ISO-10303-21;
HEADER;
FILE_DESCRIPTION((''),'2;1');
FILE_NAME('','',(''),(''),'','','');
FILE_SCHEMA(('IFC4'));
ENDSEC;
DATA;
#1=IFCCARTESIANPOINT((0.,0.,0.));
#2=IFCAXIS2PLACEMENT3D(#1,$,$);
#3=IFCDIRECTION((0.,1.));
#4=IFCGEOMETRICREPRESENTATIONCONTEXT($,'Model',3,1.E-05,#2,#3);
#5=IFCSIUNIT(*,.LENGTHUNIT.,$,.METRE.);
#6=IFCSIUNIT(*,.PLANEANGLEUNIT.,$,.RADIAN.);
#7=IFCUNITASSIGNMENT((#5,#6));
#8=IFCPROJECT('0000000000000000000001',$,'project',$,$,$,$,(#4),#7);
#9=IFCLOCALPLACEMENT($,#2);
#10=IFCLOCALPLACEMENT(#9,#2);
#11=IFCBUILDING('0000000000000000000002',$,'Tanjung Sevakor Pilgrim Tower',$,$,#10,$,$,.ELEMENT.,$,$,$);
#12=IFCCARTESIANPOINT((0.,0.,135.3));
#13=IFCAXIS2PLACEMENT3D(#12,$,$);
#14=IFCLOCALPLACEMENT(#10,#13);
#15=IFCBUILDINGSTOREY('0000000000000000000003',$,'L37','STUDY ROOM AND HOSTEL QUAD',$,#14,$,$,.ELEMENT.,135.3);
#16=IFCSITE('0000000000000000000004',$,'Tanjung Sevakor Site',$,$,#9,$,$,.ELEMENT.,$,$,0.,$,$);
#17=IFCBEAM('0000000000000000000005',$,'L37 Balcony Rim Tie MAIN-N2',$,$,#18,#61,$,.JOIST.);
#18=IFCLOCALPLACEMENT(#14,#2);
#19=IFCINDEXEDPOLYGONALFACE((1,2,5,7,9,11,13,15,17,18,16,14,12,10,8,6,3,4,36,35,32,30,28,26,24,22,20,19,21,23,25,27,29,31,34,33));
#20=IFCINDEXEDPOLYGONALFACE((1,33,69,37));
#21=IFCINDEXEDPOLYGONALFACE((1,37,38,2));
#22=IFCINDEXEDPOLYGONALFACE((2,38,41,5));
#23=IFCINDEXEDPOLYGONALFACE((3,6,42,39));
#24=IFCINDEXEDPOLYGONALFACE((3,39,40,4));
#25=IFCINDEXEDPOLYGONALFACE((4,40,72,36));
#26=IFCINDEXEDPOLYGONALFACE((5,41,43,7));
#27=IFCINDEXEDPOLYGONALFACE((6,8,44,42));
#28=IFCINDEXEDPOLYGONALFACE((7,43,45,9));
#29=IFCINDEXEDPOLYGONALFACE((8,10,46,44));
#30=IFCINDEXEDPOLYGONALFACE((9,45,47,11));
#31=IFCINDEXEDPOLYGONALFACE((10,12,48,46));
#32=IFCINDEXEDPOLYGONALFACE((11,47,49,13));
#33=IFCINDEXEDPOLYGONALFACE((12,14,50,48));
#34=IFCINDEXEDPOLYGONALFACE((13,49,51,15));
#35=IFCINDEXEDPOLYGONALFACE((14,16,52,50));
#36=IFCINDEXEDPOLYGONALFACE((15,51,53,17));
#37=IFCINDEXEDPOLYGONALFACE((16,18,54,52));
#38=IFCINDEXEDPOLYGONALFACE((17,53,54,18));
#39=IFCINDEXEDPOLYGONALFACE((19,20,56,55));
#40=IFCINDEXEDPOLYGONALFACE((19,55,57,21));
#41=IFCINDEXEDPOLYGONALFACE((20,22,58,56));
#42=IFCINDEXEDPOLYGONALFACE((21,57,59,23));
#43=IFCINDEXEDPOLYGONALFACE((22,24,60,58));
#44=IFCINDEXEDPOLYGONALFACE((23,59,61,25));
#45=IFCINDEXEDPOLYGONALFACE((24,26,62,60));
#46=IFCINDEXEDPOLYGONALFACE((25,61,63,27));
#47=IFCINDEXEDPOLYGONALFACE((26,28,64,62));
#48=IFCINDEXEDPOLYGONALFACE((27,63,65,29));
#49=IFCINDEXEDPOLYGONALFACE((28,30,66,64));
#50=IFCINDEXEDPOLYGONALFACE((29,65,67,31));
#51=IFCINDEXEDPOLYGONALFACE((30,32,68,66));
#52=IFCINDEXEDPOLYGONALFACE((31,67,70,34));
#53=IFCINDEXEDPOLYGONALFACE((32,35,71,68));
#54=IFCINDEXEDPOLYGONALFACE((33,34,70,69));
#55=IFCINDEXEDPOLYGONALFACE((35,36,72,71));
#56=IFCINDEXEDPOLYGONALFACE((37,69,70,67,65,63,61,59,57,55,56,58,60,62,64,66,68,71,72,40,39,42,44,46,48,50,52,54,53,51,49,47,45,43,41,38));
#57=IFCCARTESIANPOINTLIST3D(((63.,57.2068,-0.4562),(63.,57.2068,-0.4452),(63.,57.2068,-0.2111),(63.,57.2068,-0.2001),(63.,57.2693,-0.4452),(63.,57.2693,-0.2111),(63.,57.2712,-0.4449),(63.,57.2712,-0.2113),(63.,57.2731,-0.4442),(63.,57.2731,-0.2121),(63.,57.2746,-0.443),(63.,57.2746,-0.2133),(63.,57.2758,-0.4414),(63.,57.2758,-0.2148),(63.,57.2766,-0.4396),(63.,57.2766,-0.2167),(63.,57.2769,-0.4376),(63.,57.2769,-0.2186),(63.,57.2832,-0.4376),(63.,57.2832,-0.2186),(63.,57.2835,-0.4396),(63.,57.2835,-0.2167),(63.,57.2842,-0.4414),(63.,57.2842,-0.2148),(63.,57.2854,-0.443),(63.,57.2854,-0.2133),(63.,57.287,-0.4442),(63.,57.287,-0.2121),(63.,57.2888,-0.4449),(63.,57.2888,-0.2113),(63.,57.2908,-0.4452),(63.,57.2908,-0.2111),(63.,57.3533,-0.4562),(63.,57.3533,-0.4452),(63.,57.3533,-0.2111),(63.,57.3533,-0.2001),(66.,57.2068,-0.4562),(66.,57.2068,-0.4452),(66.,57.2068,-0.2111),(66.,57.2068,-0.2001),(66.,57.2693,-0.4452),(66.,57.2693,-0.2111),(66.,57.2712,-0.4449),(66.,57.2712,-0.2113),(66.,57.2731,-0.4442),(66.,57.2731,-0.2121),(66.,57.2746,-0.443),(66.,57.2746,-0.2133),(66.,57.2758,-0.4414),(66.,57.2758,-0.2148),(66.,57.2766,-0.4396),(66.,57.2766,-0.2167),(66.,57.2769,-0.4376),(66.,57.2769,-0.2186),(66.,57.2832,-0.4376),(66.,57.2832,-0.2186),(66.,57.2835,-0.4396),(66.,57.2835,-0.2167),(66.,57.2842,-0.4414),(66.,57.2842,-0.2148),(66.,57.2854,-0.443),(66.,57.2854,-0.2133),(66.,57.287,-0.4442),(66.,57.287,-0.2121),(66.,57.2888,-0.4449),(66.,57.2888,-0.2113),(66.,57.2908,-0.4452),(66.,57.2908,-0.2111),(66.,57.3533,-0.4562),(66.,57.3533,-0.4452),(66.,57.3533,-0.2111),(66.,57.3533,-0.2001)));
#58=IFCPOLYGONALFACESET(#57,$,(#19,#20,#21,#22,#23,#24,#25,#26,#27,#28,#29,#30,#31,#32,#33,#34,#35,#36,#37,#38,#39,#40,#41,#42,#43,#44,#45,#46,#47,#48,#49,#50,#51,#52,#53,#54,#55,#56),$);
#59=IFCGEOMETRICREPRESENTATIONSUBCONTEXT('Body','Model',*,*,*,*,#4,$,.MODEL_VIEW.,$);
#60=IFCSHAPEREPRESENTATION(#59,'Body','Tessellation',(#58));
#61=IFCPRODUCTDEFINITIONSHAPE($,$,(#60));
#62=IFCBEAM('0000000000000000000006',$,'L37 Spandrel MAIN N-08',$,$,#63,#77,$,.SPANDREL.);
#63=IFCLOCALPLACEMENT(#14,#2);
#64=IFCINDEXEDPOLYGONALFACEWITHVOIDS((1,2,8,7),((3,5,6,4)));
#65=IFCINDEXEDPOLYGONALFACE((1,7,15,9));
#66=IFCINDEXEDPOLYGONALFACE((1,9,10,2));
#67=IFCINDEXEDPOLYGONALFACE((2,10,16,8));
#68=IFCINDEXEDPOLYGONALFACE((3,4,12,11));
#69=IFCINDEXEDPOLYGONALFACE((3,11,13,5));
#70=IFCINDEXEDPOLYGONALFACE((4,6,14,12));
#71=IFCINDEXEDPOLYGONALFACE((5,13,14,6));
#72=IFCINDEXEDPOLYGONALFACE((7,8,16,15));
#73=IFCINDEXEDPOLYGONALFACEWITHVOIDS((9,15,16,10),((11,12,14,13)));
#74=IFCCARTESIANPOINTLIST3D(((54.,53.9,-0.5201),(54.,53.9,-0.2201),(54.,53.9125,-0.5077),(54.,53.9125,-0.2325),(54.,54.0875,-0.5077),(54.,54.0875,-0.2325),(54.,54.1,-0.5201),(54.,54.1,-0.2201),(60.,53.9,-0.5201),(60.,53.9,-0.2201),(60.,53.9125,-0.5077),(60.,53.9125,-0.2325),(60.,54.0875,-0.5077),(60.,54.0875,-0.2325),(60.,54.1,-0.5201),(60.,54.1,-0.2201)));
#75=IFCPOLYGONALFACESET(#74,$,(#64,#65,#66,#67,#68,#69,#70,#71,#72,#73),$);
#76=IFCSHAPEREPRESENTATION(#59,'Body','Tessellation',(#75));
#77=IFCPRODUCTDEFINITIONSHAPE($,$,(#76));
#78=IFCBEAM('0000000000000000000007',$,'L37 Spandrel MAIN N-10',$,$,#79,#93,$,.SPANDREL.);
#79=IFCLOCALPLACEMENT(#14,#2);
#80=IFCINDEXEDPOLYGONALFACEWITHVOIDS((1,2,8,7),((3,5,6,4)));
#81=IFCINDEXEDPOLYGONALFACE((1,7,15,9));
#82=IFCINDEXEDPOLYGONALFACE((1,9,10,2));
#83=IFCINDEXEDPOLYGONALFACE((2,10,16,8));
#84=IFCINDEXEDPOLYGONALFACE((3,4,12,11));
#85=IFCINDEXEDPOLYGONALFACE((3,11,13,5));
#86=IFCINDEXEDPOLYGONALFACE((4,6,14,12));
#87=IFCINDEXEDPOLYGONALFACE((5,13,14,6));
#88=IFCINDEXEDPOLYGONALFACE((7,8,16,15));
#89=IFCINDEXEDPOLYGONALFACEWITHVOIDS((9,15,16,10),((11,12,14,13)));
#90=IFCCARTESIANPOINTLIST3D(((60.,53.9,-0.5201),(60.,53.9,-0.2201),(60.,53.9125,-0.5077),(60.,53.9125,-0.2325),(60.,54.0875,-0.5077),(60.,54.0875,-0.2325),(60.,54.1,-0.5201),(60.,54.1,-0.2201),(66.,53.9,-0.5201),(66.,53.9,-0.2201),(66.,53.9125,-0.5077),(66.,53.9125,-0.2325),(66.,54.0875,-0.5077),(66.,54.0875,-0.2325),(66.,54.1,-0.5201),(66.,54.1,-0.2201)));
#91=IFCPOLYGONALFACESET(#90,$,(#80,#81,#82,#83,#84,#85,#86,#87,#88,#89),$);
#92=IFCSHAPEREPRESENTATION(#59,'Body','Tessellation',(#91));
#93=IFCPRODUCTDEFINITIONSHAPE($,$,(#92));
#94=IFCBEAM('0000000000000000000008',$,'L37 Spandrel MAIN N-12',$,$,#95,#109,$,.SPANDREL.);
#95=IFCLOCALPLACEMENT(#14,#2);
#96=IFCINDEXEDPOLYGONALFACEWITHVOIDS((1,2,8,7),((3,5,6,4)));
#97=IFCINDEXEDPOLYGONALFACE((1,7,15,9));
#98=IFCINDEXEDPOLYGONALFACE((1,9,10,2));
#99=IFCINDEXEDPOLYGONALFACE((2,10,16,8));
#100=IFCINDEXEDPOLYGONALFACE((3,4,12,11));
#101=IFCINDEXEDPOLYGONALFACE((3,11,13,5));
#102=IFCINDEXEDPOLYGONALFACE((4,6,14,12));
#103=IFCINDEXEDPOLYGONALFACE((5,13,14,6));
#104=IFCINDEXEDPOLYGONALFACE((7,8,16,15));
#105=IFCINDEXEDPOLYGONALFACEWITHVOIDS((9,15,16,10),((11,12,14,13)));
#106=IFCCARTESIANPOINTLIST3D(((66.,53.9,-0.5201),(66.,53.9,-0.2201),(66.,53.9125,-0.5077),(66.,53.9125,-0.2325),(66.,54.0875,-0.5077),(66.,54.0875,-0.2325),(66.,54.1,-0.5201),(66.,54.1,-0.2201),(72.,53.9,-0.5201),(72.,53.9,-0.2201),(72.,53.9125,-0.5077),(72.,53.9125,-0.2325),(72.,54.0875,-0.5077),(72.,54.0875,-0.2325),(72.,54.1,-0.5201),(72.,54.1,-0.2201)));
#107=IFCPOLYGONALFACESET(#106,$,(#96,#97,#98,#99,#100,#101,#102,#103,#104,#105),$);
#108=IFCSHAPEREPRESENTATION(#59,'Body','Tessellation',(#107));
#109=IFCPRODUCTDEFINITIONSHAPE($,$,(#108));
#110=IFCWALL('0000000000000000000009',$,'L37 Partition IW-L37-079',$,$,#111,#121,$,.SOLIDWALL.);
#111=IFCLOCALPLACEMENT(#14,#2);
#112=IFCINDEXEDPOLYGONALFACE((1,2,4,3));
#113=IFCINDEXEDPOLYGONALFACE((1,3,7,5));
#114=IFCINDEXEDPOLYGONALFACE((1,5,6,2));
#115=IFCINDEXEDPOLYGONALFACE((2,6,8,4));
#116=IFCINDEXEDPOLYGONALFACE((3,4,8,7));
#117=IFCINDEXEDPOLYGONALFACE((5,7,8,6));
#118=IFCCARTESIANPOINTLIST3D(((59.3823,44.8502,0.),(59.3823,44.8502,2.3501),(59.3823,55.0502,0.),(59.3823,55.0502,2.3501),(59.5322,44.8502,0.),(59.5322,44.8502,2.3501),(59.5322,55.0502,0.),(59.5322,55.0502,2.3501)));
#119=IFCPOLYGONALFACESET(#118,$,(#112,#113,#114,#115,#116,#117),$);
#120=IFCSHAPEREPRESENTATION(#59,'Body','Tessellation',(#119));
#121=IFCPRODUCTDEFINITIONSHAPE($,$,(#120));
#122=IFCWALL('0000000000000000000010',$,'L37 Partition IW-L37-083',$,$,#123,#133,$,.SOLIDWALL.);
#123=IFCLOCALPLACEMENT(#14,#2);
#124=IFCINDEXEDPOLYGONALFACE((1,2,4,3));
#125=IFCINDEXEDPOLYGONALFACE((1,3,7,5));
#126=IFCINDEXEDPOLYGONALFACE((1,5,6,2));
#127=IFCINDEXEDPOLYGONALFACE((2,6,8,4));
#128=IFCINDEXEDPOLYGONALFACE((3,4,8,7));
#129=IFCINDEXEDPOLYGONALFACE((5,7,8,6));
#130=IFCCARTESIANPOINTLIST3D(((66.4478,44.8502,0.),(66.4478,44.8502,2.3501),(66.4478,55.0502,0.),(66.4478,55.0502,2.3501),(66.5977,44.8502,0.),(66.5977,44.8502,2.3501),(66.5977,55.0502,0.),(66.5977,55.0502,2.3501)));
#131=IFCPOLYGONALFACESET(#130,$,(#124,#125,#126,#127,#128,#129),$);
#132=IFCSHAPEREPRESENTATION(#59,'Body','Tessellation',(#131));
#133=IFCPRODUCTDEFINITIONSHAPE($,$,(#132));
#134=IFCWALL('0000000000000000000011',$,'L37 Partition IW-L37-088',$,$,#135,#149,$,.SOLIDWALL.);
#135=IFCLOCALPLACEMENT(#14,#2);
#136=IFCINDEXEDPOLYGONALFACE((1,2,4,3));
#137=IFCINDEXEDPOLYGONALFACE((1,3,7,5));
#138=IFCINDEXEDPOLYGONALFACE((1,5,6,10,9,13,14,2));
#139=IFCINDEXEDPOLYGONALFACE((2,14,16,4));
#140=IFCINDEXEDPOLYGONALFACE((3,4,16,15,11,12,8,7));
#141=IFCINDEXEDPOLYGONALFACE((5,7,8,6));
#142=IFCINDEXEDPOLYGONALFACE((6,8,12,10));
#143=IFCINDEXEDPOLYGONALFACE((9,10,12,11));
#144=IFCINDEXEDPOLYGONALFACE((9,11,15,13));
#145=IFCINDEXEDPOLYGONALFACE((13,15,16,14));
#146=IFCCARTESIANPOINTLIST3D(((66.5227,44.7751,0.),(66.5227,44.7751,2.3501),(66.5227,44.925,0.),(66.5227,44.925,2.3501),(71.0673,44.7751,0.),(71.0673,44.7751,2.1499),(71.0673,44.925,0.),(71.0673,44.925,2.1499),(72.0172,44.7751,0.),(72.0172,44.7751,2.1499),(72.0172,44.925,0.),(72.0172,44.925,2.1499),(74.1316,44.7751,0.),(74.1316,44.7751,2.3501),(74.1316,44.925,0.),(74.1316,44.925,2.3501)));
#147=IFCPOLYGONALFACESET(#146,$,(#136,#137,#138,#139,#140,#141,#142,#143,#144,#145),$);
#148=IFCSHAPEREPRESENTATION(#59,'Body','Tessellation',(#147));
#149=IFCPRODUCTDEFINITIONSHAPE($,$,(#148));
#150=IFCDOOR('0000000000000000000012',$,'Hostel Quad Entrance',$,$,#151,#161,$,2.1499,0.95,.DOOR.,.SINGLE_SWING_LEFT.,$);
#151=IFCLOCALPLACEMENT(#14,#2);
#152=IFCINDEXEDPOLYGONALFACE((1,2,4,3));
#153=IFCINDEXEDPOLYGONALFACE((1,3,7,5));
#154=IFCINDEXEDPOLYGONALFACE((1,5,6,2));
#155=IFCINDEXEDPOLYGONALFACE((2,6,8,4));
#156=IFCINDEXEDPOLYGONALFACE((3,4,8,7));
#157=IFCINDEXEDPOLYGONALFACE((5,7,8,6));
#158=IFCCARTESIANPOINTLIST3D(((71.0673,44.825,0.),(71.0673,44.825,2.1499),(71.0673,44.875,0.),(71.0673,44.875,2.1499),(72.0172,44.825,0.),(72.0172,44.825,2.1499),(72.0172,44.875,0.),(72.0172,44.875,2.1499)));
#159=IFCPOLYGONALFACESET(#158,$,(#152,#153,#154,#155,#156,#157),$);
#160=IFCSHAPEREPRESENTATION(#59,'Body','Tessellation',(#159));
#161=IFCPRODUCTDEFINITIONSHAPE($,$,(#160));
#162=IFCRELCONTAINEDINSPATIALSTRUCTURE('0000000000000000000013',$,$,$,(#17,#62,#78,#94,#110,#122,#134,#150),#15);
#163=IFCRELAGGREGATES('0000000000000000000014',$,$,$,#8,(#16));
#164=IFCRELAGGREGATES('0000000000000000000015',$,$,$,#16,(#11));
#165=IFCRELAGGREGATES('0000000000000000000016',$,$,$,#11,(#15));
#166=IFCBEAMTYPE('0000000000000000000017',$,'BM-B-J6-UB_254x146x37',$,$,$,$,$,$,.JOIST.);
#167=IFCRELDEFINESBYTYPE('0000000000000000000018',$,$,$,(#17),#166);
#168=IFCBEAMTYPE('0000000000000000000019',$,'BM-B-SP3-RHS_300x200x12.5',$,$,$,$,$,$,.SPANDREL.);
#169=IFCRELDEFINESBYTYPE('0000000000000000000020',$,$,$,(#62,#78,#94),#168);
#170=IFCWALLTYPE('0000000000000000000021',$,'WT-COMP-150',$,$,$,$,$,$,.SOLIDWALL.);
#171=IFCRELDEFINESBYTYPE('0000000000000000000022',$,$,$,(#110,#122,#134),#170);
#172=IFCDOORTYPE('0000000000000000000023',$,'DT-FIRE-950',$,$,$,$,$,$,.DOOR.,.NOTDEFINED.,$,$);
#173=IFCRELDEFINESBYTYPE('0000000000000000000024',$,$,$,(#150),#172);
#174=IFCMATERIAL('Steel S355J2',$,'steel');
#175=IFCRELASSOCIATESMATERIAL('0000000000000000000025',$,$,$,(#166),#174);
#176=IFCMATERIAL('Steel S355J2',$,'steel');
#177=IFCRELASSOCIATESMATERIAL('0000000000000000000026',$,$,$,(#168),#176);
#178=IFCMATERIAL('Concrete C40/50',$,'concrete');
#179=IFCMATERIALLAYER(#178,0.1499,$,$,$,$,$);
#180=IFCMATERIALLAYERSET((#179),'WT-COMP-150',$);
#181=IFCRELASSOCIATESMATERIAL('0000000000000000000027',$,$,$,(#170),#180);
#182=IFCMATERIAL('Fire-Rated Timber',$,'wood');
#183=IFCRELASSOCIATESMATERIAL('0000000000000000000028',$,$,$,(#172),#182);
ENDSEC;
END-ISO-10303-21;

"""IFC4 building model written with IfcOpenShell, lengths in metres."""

from ifc_helpers import new_model, si_unit, direction, frame, frame_2d, origin, origin_2d, place, context, subcontext, project, spatial, rectangle, hollow_rectangle, i_section, extrude, material, layer, layer_set, material_profile, profile_set, type_object, element, fill, save


model = new_model("IFC4")

# Units and contexts
model_context = context("Model", 3, precision=1e-05, world=origin(), true_north=direction((0.0, 1.0)))
body_context = subcontext(model_context, "Body", "Model", "MODEL_VIEW")
ifc_project = project(units=[si_unit("LENGTHUNIT", "METRE"), si_unit("PLANEANGLEUNIT", "RADIAN")], contexts=[model_context])

# Site, building, storey
site_placement = place(None, origin())
site = spatial("IfcSite", under=ifc_project, at=site_placement, Name="Tanjung Sevakor Site", CompositionType="ELEMENT", RefElevation=0.0)
building_placement = place(site_placement, origin())
building = spatial("IfcBuilding", under=site, at=building_placement, Name="Tanjung Sevakor Pilgrim Tower", CompositionType="ELEMENT")
storey_placement = place(building_placement, frame((0.0, 0.0, 135.3)))
storey = spatial("IfcBuildingStorey", under=building, at=storey_placement, Name="L37", Description="STUDY ROOM AND HOSTEL QUAD", CompositionType="ELEMENT", Elevation=135.3)

# Beams
ifc_material_1 = material(Name="Steel S355J2", Category="steel")
ifc_material_profile_1 = material_profile(ifc_material_1, i_section(OverallWidth=0.1465, OverallDepth=0.2561, WebThickness=0.0063, FlangeThickness=0.011, FilletRadius=0.0076, at=origin_2d()))
ifc_profile_set_1 = profile_set([ifc_material_profile_1], Name="Steel S355J2")
beam_type_1 = type_object("IfcBeamType", Name="BM-B-J6-UB_254x146x37", PredefinedType="JOIST", material=ifc_profile_set_1)
beam_1_placement = place(storey_placement, frame((63.0, 57.28, -0.3281), z_axis=(1.0, 0.0, 0.0), x_axis=(0.0, 1.0, 0.0)))
element("IfcBeam", 1, at=beam_1_placement, inside=storey, type_object=beam_type_1, Name="L37 Balcony Rim Tie MAIN-N2", PredefinedType="JOIST", context=body_context, shape_type="SweptSolid", body=[
    extrude(i_section(OverallWidth=0.1465, OverallDepth=0.2561, WebThickness=0.0063, FlangeThickness=0.011, FilletRadius=0.0076, at=origin_2d()), origin(), (0.0, 0.0, 1.0), 3.0),
])
ifc_material_2 = material(Name="Steel S355J2", Category="steel")
ifc_material_profile_2 = material_profile(ifc_material_2, hollow_rectangle(XDim=0.2, YDim=0.3, WallThickness=0.0125, at=origin_2d()))
ifc_profile_set_2 = profile_set([ifc_material_profile_2], Name="Steel S355J2")
beam_type_2 = type_object("IfcBeamType", Name="BM-B-SP3-RHS_300x200x12.5", PredefinedType="SPANDREL", material=ifc_profile_set_2)
for number, where, z_axis, x_axis, name in (
    (2, (54.0, 54.0, -0.3701), (1.0, 0.0, 0.0), (0.0, 1.0, 0.0), "L37 Spandrel MAIN N-08"),
    (3, (60.0, 54.0, -0.3701), (1.0, 0.0, 0.0), (0.0, 1.0, 0.0), "L37 Spandrel MAIN N-10"),
    (4, (66.0, 54.0, -0.3701), (1.0, 0.0, 0.0), (0.0, 1.0, 0.0), "L37 Spandrel MAIN N-12"),
):
    element("IfcBeam", number, at=place(storey_placement, frame(where, z_axis=z_axis, x_axis=x_axis)), inside=storey, type_object=beam_type_2, Name=name, PredefinedType="SPANDREL", context=body_context, shape_type="SweptSolid", body=[
        extrude(hollow_rectangle(XDim=0.2, YDim=0.3, WallThickness=0.0125, at=origin_2d()), origin(), (0.0, 0.0, 1.0), 6.0),
    ])

# Walls
ifc_material_3 = material(Name="Concrete C40/50", Category="concrete")
ifc_layer_1 = layer(ifc_material_3, 0.1499)
ifc_layer_set_1 = layer_set([ifc_layer_1], Name="WT-COMP-150")
wall_type_1 = type_object("IfcWallType", Name="WT-COMP-150", PredefinedType="SOLIDWALL", material=ifc_layer_set_1)
for number, where, z_axis, x_axis, name in (
    (5, (59.4573, 44.8501, 0.0), (0.0, 0.0, 1.0), (0.0, 1.0, 0.0), "L37 Partition IW-L37-079"),
    (6, (66.5227, 44.8501, 0.0), (0.0, 0.0, 1.0), (0.0, 1.0, 0.0), "L37 Partition IW-L37-083"),
):
    element("IfcWall", number, at=place(storey_placement, frame(where, z_axis=z_axis, x_axis=x_axis)), inside=storey, type_object=wall_type_1, Name=name, PredefinedType="SOLIDWALL", context=body_context, shape_type="SweptSolid", body=[
        extrude(rectangle(XDim=10.2, YDim=0.1499, at=frame_2d((5.1001, 0.0))), origin(), (0.0, 0.0, 1.0), 2.3501),
    ])

# Wall, opening, door
wall_1_placement = place(storey_placement, frame((66.5227, 44.8501, 0.0), z_axis=(0.0, 0.0, 1.0), x_axis=(1.0, 0.0, 0.0)))
wall_1 = element("IfcWall", 7, at=wall_1_placement, inside=storey, type_object=wall_type_1, Name="L37 Partition IW-L37-088", PredefinedType="SOLIDWALL", context=body_context, shape_type="SweptSolid", body=[
    extrude(rectangle(XDim=7.6089, YDim=0.1499, at=frame_2d((3.8044, 0.0))), origin(), (0.0, 0.0, 1.0), 2.3501),
])
opening_1_placement = place(wall_1_placement, frame((4.5444, 0.0, 0.0)))
opening_1 = element("IfcOpeningElement", 8, at=opening_1_placement, cuts=wall_1, PredefinedType="OPENING", context=body_context, shape_type="SweptSolid", body=[
    extrude(rectangle(XDim=0.95, YDim=2.1499, at=frame_2d((0.4751, 1.075))), frame((0.0, 0.085, 0.0), z_axis=(0.0, -1.0, 0.0), x_axis=(1.0, 0.0, 0.0)), (0.0, 0.0, 1.0), 0.1699),
])
ifc_material_4 = material(Name="Fire-Rated Timber", Category="wood")
door_type_1 = type_object("IfcDoorType", Name="DT-FIRE-950", OperationType="NOTDEFINED", PredefinedType="DOOR", material=ifc_material_4)
door_1_placement = place(opening_1_placement, origin())
door_1 = element("IfcDoor", 9, at=door_1_placement, inside=storey, type_object=door_type_1, Name="Hostel Quad Entrance", OperationType="SINGLE_SWING_LEFT", OverallHeight=2.1499, OverallWidth=0.95, PredefinedType="DOOR", context=body_context, shape_type="SweptSolid", body=[
    extrude(rectangle(XDim=0.95, YDim=2.1499, at=frame_2d((0.4751, 1.075))), frame((0.0, 0.0249, 0.0), z_axis=(0.0, -1.0, 0.0), x_axis=(1.0, 0.0, 0.0)), (0.0, 0.0, 1.0), 0.05),
])
fill(opening_1, door_1)

save(model, "model.ifc")
